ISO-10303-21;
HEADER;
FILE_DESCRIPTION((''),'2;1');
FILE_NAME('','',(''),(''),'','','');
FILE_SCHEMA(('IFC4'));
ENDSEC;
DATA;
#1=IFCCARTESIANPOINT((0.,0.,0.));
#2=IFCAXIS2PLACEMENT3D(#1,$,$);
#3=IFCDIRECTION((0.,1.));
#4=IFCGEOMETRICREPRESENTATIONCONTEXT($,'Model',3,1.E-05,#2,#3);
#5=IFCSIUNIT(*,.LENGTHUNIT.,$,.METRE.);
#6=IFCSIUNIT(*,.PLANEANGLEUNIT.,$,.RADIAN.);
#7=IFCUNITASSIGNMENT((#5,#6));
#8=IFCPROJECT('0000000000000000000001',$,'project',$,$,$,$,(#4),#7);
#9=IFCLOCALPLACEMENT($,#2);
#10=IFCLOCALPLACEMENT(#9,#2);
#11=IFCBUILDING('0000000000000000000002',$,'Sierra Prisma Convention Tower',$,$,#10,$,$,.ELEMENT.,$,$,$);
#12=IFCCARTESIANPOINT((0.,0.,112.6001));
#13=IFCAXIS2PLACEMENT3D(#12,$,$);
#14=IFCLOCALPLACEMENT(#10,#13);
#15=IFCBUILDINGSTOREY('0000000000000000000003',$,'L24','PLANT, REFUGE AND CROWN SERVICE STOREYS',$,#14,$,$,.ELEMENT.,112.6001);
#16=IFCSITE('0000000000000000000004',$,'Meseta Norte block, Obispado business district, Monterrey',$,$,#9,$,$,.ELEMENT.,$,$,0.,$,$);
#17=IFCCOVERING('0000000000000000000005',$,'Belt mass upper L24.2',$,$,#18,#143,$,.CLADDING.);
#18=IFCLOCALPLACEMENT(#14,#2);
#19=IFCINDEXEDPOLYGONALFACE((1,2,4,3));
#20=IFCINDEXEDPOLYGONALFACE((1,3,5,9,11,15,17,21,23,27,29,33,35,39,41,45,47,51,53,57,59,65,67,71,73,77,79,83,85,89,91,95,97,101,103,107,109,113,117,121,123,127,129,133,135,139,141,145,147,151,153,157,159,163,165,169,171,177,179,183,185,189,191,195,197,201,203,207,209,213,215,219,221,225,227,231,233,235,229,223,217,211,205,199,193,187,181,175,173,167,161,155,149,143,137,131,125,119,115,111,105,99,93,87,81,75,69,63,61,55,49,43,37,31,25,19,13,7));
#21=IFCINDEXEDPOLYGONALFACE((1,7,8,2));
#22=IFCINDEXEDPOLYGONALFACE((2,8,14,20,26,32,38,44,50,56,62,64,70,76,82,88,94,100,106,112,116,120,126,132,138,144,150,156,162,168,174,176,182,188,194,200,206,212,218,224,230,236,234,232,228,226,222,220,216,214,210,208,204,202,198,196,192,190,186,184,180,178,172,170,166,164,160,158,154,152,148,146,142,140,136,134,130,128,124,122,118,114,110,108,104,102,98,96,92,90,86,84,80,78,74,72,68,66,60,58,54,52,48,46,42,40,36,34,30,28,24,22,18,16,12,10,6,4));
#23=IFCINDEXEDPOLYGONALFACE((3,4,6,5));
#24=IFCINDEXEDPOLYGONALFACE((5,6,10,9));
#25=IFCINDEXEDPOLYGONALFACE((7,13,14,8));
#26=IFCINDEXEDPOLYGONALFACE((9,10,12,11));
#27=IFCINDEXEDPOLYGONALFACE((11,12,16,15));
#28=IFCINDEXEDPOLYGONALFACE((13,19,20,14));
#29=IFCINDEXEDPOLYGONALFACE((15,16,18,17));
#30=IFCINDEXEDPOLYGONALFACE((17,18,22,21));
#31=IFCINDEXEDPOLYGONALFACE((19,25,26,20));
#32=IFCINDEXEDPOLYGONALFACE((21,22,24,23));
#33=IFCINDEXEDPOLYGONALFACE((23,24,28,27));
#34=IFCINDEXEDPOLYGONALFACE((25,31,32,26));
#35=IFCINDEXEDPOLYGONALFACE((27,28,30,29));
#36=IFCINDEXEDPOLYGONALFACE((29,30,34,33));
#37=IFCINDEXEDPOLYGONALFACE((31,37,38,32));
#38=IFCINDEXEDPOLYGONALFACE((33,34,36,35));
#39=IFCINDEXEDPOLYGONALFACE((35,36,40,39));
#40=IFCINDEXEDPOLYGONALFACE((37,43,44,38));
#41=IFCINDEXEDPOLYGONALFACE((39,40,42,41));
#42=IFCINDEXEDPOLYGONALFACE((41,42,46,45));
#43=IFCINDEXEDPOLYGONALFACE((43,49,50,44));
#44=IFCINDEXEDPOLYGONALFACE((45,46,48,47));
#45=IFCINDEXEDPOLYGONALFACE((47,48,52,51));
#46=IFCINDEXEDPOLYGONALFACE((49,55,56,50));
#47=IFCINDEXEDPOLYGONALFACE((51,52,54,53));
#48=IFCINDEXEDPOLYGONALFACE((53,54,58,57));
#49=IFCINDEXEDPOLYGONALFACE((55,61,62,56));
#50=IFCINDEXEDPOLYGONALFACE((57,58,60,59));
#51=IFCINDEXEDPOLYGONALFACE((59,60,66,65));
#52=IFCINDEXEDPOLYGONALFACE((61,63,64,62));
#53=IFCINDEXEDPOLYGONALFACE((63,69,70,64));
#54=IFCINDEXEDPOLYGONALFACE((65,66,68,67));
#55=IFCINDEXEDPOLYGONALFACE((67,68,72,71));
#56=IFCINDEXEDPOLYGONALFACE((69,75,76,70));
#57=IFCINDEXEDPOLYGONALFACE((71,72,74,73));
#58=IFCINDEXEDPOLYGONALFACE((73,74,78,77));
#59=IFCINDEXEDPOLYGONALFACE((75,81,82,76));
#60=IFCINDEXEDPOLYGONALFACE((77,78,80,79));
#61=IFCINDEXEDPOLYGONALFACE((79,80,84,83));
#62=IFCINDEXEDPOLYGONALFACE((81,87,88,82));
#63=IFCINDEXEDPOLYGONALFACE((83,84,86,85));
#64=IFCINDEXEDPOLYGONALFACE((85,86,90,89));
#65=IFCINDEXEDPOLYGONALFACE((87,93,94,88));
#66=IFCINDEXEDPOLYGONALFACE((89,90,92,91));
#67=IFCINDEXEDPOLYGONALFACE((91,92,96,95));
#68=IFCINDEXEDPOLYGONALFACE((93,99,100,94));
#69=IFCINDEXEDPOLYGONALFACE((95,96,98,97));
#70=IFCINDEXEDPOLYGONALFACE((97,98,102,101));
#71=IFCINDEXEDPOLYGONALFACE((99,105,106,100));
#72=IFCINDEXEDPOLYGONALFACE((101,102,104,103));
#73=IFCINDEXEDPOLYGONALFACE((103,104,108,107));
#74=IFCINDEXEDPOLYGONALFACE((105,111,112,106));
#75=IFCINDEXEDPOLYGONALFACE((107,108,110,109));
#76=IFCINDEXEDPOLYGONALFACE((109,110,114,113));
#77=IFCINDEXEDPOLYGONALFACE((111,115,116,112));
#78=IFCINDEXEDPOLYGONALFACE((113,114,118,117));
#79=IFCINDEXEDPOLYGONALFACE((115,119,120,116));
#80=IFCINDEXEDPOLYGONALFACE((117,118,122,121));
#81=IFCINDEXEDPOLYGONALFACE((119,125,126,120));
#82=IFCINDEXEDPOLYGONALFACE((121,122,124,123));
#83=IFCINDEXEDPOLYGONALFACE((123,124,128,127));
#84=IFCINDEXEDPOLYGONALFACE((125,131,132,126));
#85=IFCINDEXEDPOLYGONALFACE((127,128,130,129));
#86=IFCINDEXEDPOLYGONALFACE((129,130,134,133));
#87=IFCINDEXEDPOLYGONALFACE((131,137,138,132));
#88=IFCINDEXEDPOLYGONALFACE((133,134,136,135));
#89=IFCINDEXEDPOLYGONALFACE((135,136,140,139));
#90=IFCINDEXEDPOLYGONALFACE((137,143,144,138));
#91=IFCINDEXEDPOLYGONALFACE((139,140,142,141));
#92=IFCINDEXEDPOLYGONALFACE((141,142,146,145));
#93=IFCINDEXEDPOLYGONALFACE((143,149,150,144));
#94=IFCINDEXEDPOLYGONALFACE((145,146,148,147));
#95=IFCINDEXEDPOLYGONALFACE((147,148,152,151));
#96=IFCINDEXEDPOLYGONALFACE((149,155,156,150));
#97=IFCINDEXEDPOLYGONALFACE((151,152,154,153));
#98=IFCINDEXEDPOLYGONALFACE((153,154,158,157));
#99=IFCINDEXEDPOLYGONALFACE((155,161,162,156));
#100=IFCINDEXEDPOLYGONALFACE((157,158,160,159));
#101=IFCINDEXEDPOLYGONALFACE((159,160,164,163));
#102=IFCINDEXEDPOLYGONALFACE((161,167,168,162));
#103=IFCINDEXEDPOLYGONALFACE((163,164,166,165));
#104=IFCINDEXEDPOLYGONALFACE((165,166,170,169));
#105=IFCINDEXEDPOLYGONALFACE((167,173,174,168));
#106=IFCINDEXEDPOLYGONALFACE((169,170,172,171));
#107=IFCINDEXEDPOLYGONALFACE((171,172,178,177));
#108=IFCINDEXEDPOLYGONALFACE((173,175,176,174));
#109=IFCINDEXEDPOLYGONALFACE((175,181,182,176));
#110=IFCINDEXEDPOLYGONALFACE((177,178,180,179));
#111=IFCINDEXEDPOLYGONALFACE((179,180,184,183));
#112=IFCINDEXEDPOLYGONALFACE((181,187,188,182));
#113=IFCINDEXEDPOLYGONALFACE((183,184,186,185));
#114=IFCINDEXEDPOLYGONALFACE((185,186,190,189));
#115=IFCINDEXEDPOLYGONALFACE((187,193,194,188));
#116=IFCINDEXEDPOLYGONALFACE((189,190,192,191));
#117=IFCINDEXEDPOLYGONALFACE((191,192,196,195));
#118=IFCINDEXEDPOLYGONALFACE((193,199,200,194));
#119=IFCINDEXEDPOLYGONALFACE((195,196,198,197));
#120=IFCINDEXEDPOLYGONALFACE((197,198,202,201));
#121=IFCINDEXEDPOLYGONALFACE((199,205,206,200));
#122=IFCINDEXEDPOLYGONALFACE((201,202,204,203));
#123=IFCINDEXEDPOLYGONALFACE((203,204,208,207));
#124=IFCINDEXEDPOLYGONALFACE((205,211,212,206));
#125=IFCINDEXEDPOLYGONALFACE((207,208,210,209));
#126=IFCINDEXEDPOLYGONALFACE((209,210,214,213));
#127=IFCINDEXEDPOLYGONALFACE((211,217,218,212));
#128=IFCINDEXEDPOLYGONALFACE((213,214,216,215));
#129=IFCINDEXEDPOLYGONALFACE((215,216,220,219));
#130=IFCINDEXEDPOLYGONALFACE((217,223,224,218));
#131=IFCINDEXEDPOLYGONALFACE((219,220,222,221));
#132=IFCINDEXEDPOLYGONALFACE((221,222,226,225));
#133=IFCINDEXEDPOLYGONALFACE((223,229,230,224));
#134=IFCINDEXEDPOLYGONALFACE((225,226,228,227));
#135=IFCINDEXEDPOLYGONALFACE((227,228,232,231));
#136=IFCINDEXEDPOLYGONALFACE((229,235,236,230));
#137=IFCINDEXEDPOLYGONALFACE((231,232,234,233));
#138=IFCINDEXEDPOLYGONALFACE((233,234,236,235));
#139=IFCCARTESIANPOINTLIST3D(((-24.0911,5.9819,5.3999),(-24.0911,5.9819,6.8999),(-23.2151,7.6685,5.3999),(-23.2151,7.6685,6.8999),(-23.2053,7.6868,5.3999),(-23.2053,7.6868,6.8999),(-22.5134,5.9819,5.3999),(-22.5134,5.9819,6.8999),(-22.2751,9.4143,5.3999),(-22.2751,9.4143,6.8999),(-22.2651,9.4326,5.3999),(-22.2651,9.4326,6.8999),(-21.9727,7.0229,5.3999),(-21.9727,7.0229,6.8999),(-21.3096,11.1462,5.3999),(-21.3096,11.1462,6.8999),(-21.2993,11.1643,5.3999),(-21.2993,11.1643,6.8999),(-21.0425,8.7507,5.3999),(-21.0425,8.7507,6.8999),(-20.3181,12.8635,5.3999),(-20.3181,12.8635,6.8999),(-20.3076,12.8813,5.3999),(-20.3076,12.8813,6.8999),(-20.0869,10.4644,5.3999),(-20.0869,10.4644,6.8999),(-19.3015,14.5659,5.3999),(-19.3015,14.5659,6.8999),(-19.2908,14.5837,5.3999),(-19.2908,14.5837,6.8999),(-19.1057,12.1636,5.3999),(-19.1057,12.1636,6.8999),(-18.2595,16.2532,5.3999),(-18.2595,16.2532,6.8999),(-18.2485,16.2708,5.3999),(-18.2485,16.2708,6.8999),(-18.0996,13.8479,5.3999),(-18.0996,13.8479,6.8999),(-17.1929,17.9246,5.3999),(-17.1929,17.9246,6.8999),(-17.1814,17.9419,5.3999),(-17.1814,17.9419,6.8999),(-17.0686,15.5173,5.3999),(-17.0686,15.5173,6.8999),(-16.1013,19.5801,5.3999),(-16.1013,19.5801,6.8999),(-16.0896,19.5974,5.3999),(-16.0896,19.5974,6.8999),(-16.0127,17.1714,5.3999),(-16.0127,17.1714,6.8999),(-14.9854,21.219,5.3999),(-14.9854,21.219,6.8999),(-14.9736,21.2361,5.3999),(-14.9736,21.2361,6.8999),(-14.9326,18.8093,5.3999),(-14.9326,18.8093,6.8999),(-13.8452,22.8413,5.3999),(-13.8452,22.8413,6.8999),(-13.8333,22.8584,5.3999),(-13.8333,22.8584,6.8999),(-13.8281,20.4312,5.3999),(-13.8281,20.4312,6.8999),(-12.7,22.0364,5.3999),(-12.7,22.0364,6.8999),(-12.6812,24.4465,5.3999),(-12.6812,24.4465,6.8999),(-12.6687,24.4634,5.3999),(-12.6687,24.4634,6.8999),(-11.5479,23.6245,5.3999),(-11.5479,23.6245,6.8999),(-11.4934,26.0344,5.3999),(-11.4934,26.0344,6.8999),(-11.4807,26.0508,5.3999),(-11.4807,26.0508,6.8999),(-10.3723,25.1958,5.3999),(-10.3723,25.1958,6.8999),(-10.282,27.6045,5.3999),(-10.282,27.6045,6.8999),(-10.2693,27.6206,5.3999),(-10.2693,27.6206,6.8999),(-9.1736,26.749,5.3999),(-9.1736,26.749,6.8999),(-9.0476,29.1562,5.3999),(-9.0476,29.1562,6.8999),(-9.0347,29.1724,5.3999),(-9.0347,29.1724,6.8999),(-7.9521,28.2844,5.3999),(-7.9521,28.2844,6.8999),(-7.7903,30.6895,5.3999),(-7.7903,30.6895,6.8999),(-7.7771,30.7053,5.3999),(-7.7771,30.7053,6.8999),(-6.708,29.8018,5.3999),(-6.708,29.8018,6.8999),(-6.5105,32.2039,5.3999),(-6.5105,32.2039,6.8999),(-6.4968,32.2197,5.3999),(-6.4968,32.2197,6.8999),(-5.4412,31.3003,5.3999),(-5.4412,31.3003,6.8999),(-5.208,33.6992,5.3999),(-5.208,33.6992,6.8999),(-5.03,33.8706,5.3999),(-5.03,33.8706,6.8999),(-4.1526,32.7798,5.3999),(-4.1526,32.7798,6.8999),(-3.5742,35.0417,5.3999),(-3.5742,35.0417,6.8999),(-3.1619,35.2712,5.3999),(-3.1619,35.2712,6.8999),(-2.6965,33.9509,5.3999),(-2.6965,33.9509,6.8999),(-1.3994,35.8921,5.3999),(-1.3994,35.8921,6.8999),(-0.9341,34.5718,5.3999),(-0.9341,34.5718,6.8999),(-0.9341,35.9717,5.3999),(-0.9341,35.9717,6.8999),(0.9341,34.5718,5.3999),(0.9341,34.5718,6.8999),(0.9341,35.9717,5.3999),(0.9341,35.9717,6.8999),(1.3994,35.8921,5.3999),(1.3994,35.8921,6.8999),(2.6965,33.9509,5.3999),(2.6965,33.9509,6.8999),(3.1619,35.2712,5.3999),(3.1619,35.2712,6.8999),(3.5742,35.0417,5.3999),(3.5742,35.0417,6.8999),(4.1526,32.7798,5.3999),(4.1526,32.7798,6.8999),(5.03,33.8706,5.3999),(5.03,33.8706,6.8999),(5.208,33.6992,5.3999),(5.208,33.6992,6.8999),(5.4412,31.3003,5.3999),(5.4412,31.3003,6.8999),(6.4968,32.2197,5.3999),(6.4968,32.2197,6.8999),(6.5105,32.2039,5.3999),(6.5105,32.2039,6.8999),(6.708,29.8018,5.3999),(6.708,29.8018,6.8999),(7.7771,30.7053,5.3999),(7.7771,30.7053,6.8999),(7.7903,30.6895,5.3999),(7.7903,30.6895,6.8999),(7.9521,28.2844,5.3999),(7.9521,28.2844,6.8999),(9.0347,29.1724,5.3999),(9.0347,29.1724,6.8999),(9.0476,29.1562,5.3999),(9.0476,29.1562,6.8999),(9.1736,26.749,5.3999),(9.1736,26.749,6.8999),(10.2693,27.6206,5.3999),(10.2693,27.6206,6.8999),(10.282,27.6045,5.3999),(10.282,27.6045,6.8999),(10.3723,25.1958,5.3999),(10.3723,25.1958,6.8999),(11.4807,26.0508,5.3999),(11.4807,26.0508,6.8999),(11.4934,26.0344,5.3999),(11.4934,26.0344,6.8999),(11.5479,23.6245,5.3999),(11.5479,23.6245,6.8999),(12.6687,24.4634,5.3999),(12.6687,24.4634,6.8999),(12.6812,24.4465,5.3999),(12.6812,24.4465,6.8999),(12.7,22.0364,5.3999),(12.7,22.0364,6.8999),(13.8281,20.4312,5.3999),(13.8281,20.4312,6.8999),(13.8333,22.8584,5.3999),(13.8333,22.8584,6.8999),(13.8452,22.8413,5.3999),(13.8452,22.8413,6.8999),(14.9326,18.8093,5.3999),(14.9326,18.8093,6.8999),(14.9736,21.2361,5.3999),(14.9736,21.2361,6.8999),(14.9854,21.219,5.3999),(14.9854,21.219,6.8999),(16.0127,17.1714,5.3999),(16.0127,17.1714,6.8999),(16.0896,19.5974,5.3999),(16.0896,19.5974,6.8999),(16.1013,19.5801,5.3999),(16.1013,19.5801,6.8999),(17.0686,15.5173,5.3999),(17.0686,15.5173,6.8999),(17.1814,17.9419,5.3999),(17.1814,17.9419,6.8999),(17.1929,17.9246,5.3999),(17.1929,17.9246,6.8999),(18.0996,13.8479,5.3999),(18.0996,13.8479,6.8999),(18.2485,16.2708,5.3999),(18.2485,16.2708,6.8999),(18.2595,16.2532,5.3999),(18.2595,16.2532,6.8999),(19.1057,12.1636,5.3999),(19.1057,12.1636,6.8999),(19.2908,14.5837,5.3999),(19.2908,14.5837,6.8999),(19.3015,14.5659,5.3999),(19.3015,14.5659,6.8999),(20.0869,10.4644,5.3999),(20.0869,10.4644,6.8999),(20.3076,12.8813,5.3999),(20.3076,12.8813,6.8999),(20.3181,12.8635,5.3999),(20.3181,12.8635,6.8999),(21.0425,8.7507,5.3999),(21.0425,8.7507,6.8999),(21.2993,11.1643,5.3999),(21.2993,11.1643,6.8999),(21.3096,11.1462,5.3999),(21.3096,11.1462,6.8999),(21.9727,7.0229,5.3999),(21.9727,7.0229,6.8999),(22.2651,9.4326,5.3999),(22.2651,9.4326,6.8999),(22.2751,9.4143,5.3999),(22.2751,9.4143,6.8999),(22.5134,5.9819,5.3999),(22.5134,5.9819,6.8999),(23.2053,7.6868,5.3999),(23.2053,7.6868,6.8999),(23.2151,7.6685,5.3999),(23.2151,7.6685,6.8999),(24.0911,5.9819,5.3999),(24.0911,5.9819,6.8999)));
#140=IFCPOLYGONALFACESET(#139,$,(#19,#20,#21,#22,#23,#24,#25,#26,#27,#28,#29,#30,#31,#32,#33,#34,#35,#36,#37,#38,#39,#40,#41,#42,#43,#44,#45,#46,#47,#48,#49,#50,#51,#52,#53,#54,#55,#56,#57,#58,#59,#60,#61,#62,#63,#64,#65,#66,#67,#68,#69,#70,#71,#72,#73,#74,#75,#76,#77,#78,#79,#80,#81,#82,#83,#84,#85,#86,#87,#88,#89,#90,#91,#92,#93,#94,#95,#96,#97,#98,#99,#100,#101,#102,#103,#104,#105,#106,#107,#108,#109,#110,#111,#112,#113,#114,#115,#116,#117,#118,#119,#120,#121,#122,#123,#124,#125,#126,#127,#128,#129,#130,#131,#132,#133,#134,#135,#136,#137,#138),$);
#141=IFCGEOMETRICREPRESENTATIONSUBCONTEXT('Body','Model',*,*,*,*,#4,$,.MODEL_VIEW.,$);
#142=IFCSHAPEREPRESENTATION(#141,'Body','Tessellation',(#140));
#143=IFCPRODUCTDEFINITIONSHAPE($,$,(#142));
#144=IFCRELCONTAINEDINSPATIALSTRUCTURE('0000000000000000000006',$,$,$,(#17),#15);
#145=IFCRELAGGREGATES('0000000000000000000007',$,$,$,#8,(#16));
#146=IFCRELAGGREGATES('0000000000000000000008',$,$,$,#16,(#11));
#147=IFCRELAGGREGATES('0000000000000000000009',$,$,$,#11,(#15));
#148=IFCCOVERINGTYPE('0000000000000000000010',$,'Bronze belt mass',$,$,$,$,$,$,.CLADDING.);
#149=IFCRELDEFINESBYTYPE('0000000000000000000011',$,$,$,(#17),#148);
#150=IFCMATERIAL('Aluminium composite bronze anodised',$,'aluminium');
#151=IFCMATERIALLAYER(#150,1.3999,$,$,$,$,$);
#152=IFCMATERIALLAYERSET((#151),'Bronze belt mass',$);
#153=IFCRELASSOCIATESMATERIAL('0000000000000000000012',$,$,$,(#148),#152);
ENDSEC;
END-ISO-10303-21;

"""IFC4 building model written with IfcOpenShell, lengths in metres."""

from ifc_helpers import new_model, si_unit, direction, frame, origin, place, context, subcontext, project, spatial, polyline, outline, extrude, material, layer, layer_set, type_object, element, save


model = new_model("IFC4")

# Units and contexts
model_context = context("Model", 3, precision=1e-05, world=origin(), true_north=direction((0.0, 1.0)))
body_context = subcontext(model_context, "Body", "Model", "MODEL_VIEW")
ifc_project = project(units=[si_unit("LENGTHUNIT", "METRE"), si_unit("PLANEANGLEUNIT", "RADIAN")], contexts=[model_context])

# Site, building, storey
site_placement = place(None, origin())
site = spatial("IfcSite", under=ifc_project, at=site_placement, Name="Meseta Norte block, Obispado business district, Monterrey", CompositionType="ELEMENT", RefElevation=0.0)
building_placement = place(site_placement, origin())
building = spatial("IfcBuilding", under=site, at=building_placement, Name="Sierra Prisma Convention Tower", CompositionType="ELEMENT")
storey_placement = place(building_placement, frame((0.0, 0.0, 112.6001)))
storey = spatial("IfcBuildingStorey", under=building, at=storey_placement, Name="L24", Description="PLANT, REFUGE AND CROWN SERVICE STOREYS", CompositionType="ELEMENT", Elevation=112.6001)

# Covering
ifc_material_1 = material(Name="Aluminium composite bronze anodised", Category="aluminium")
ifc_layer_1 = layer(ifc_material_1, 1.3999)
ifc_layer_set_1 = layer_set([ifc_layer_1], Name="Bronze belt mass")
covering_type = type_object("IfcCoveringType", Name="Bronze belt mass", PredefinedType="CLADDING", material=ifc_layer_set_1)
covering_1_placement = place(storey_placement, frame((0.0, 0.0, 5.3999)))
element("IfcCovering", 1, at=covering_1_placement, inside=storey, type_object=covering_type, Name="Belt mass upper L24.2", PredefinedType="CLADDING", context=body_context, shape_type="SweptSolid", body=[
    extrude(outline(polyline([(-23.2151, 7.6685), (-23.2053, 7.6868), (-22.2751, 9.4143), (-22.2651, 9.4326), (-21.3096, 11.1462), (-21.2993, 11.1643), (-20.3181, 12.8635), (-20.3076, 12.8813), (-19.3015, 14.5659), (-19.2908, 14.5837), (-18.2595, 16.2532), (-18.2485, 16.2708), (-17.1929, 17.9246), (-17.1814, 17.9419), (-16.1013, 19.5801), (-16.0896, 19.5974), (-14.9854, 21.219), (-14.9736, 21.2361), (-13.8452, 22.8413), (-13.8333, 22.8584), (-12.6812, 24.4465), (-12.6687, 24.4634), (-11.4934, 26.0344), (-11.4807, 26.0508), (-10.282, 27.6045), (-10.2693, 27.6206), (-9.0476, 29.1562), (-9.0347, 29.1724), (-7.7903, 30.6895), (-7.7771, 30.7053), (-6.5105, 32.2039), (-6.4968, 32.2197), (-5.208, 33.6992), (-5.03, 33.8706), (-3.5742, 35.0417), (-3.1619, 35.2712), (-1.3994, 35.8921), (-0.9341, 35.9717), (0.9341, 35.9717), (1.3994, 35.8921), (3.1619, 35.2712), (3.5742, 35.0417), (5.03, 33.8706), (5.208, 33.6992), (6.4968, 32.2197), (6.5105, 32.2039), (7.7771, 30.7053), (7.7903, 30.6895), (9.0347, 29.1724), (9.0476, 29.1562), (10.2693, 27.6206), (10.282, 27.6045), (11.4807, 26.0508), (11.4934, 26.0344), (12.6687, 24.4634), (12.6812, 24.4465), (13.8333, 22.8584), (13.8452, 22.8413), (14.9736, 21.2361), (14.9854, 21.219), (16.0896, 19.5974), (16.1013, 19.5801), (17.1814, 17.9419), (17.1929, 17.9246), (18.2485, 16.2708), (18.2595, 16.2532), (19.2908, 14.5837), (19.3015, 14.5659), (20.3076, 12.8813), (20.3181, 12.8635), (21.2993, 11.1643), (21.3096, 11.1462), (22.2651, 9.4326), (22.2751, 9.4143), (23.2053, 7.6868), (23.2151, 7.6685), (24.0911, 5.9819), (22.5134, 5.9819), (21.9727, 7.0229), (21.0425, 8.7507), (20.0869, 10.4644), (19.1057, 12.1636), (18.0996, 13.8479), (17.0686, 15.5173), (16.0127, 17.1714), (14.9326, 18.8093), (13.8281, 20.4312), (12.7, 22.0364), (11.5479, 23.6245), (10.3723, 25.1958), (9.1736, 26.749), (7.9521, 28.2844), (6.708, 29.8018), (5.4412, 31.3003), (4.1526, 32.7798), (2.6965, 33.9509), (0.9341, 34.5718), (-0.9341, 34.5718), (-2.6965, 33.9509), (-4.1526, 32.7798), (-5.4412, 31.3003), (-6.708, 29.8018), (-7.9521, 28.2844), (-9.1736, 26.749), (-10.3723, 25.1958), (-11.5479, 23.6245), (-12.7, 22.0364), (-13.8281, 20.4312), (-14.9326, 18.8093), (-16.0127, 17.1714), (-17.0686, 15.5173), (-18.0996, 13.8479), (-19.1057, 12.1636), (-20.0869, 10.4644), (-21.0425, 8.7507), (-21.9727, 7.0229), (-22.5134, 5.9819), (-24.0911, 5.9819), (-23.2151, 7.6685)])), origin(), (0.0, 0.0, 1.0), 1.5),
])

save(model, "model.ifc")
